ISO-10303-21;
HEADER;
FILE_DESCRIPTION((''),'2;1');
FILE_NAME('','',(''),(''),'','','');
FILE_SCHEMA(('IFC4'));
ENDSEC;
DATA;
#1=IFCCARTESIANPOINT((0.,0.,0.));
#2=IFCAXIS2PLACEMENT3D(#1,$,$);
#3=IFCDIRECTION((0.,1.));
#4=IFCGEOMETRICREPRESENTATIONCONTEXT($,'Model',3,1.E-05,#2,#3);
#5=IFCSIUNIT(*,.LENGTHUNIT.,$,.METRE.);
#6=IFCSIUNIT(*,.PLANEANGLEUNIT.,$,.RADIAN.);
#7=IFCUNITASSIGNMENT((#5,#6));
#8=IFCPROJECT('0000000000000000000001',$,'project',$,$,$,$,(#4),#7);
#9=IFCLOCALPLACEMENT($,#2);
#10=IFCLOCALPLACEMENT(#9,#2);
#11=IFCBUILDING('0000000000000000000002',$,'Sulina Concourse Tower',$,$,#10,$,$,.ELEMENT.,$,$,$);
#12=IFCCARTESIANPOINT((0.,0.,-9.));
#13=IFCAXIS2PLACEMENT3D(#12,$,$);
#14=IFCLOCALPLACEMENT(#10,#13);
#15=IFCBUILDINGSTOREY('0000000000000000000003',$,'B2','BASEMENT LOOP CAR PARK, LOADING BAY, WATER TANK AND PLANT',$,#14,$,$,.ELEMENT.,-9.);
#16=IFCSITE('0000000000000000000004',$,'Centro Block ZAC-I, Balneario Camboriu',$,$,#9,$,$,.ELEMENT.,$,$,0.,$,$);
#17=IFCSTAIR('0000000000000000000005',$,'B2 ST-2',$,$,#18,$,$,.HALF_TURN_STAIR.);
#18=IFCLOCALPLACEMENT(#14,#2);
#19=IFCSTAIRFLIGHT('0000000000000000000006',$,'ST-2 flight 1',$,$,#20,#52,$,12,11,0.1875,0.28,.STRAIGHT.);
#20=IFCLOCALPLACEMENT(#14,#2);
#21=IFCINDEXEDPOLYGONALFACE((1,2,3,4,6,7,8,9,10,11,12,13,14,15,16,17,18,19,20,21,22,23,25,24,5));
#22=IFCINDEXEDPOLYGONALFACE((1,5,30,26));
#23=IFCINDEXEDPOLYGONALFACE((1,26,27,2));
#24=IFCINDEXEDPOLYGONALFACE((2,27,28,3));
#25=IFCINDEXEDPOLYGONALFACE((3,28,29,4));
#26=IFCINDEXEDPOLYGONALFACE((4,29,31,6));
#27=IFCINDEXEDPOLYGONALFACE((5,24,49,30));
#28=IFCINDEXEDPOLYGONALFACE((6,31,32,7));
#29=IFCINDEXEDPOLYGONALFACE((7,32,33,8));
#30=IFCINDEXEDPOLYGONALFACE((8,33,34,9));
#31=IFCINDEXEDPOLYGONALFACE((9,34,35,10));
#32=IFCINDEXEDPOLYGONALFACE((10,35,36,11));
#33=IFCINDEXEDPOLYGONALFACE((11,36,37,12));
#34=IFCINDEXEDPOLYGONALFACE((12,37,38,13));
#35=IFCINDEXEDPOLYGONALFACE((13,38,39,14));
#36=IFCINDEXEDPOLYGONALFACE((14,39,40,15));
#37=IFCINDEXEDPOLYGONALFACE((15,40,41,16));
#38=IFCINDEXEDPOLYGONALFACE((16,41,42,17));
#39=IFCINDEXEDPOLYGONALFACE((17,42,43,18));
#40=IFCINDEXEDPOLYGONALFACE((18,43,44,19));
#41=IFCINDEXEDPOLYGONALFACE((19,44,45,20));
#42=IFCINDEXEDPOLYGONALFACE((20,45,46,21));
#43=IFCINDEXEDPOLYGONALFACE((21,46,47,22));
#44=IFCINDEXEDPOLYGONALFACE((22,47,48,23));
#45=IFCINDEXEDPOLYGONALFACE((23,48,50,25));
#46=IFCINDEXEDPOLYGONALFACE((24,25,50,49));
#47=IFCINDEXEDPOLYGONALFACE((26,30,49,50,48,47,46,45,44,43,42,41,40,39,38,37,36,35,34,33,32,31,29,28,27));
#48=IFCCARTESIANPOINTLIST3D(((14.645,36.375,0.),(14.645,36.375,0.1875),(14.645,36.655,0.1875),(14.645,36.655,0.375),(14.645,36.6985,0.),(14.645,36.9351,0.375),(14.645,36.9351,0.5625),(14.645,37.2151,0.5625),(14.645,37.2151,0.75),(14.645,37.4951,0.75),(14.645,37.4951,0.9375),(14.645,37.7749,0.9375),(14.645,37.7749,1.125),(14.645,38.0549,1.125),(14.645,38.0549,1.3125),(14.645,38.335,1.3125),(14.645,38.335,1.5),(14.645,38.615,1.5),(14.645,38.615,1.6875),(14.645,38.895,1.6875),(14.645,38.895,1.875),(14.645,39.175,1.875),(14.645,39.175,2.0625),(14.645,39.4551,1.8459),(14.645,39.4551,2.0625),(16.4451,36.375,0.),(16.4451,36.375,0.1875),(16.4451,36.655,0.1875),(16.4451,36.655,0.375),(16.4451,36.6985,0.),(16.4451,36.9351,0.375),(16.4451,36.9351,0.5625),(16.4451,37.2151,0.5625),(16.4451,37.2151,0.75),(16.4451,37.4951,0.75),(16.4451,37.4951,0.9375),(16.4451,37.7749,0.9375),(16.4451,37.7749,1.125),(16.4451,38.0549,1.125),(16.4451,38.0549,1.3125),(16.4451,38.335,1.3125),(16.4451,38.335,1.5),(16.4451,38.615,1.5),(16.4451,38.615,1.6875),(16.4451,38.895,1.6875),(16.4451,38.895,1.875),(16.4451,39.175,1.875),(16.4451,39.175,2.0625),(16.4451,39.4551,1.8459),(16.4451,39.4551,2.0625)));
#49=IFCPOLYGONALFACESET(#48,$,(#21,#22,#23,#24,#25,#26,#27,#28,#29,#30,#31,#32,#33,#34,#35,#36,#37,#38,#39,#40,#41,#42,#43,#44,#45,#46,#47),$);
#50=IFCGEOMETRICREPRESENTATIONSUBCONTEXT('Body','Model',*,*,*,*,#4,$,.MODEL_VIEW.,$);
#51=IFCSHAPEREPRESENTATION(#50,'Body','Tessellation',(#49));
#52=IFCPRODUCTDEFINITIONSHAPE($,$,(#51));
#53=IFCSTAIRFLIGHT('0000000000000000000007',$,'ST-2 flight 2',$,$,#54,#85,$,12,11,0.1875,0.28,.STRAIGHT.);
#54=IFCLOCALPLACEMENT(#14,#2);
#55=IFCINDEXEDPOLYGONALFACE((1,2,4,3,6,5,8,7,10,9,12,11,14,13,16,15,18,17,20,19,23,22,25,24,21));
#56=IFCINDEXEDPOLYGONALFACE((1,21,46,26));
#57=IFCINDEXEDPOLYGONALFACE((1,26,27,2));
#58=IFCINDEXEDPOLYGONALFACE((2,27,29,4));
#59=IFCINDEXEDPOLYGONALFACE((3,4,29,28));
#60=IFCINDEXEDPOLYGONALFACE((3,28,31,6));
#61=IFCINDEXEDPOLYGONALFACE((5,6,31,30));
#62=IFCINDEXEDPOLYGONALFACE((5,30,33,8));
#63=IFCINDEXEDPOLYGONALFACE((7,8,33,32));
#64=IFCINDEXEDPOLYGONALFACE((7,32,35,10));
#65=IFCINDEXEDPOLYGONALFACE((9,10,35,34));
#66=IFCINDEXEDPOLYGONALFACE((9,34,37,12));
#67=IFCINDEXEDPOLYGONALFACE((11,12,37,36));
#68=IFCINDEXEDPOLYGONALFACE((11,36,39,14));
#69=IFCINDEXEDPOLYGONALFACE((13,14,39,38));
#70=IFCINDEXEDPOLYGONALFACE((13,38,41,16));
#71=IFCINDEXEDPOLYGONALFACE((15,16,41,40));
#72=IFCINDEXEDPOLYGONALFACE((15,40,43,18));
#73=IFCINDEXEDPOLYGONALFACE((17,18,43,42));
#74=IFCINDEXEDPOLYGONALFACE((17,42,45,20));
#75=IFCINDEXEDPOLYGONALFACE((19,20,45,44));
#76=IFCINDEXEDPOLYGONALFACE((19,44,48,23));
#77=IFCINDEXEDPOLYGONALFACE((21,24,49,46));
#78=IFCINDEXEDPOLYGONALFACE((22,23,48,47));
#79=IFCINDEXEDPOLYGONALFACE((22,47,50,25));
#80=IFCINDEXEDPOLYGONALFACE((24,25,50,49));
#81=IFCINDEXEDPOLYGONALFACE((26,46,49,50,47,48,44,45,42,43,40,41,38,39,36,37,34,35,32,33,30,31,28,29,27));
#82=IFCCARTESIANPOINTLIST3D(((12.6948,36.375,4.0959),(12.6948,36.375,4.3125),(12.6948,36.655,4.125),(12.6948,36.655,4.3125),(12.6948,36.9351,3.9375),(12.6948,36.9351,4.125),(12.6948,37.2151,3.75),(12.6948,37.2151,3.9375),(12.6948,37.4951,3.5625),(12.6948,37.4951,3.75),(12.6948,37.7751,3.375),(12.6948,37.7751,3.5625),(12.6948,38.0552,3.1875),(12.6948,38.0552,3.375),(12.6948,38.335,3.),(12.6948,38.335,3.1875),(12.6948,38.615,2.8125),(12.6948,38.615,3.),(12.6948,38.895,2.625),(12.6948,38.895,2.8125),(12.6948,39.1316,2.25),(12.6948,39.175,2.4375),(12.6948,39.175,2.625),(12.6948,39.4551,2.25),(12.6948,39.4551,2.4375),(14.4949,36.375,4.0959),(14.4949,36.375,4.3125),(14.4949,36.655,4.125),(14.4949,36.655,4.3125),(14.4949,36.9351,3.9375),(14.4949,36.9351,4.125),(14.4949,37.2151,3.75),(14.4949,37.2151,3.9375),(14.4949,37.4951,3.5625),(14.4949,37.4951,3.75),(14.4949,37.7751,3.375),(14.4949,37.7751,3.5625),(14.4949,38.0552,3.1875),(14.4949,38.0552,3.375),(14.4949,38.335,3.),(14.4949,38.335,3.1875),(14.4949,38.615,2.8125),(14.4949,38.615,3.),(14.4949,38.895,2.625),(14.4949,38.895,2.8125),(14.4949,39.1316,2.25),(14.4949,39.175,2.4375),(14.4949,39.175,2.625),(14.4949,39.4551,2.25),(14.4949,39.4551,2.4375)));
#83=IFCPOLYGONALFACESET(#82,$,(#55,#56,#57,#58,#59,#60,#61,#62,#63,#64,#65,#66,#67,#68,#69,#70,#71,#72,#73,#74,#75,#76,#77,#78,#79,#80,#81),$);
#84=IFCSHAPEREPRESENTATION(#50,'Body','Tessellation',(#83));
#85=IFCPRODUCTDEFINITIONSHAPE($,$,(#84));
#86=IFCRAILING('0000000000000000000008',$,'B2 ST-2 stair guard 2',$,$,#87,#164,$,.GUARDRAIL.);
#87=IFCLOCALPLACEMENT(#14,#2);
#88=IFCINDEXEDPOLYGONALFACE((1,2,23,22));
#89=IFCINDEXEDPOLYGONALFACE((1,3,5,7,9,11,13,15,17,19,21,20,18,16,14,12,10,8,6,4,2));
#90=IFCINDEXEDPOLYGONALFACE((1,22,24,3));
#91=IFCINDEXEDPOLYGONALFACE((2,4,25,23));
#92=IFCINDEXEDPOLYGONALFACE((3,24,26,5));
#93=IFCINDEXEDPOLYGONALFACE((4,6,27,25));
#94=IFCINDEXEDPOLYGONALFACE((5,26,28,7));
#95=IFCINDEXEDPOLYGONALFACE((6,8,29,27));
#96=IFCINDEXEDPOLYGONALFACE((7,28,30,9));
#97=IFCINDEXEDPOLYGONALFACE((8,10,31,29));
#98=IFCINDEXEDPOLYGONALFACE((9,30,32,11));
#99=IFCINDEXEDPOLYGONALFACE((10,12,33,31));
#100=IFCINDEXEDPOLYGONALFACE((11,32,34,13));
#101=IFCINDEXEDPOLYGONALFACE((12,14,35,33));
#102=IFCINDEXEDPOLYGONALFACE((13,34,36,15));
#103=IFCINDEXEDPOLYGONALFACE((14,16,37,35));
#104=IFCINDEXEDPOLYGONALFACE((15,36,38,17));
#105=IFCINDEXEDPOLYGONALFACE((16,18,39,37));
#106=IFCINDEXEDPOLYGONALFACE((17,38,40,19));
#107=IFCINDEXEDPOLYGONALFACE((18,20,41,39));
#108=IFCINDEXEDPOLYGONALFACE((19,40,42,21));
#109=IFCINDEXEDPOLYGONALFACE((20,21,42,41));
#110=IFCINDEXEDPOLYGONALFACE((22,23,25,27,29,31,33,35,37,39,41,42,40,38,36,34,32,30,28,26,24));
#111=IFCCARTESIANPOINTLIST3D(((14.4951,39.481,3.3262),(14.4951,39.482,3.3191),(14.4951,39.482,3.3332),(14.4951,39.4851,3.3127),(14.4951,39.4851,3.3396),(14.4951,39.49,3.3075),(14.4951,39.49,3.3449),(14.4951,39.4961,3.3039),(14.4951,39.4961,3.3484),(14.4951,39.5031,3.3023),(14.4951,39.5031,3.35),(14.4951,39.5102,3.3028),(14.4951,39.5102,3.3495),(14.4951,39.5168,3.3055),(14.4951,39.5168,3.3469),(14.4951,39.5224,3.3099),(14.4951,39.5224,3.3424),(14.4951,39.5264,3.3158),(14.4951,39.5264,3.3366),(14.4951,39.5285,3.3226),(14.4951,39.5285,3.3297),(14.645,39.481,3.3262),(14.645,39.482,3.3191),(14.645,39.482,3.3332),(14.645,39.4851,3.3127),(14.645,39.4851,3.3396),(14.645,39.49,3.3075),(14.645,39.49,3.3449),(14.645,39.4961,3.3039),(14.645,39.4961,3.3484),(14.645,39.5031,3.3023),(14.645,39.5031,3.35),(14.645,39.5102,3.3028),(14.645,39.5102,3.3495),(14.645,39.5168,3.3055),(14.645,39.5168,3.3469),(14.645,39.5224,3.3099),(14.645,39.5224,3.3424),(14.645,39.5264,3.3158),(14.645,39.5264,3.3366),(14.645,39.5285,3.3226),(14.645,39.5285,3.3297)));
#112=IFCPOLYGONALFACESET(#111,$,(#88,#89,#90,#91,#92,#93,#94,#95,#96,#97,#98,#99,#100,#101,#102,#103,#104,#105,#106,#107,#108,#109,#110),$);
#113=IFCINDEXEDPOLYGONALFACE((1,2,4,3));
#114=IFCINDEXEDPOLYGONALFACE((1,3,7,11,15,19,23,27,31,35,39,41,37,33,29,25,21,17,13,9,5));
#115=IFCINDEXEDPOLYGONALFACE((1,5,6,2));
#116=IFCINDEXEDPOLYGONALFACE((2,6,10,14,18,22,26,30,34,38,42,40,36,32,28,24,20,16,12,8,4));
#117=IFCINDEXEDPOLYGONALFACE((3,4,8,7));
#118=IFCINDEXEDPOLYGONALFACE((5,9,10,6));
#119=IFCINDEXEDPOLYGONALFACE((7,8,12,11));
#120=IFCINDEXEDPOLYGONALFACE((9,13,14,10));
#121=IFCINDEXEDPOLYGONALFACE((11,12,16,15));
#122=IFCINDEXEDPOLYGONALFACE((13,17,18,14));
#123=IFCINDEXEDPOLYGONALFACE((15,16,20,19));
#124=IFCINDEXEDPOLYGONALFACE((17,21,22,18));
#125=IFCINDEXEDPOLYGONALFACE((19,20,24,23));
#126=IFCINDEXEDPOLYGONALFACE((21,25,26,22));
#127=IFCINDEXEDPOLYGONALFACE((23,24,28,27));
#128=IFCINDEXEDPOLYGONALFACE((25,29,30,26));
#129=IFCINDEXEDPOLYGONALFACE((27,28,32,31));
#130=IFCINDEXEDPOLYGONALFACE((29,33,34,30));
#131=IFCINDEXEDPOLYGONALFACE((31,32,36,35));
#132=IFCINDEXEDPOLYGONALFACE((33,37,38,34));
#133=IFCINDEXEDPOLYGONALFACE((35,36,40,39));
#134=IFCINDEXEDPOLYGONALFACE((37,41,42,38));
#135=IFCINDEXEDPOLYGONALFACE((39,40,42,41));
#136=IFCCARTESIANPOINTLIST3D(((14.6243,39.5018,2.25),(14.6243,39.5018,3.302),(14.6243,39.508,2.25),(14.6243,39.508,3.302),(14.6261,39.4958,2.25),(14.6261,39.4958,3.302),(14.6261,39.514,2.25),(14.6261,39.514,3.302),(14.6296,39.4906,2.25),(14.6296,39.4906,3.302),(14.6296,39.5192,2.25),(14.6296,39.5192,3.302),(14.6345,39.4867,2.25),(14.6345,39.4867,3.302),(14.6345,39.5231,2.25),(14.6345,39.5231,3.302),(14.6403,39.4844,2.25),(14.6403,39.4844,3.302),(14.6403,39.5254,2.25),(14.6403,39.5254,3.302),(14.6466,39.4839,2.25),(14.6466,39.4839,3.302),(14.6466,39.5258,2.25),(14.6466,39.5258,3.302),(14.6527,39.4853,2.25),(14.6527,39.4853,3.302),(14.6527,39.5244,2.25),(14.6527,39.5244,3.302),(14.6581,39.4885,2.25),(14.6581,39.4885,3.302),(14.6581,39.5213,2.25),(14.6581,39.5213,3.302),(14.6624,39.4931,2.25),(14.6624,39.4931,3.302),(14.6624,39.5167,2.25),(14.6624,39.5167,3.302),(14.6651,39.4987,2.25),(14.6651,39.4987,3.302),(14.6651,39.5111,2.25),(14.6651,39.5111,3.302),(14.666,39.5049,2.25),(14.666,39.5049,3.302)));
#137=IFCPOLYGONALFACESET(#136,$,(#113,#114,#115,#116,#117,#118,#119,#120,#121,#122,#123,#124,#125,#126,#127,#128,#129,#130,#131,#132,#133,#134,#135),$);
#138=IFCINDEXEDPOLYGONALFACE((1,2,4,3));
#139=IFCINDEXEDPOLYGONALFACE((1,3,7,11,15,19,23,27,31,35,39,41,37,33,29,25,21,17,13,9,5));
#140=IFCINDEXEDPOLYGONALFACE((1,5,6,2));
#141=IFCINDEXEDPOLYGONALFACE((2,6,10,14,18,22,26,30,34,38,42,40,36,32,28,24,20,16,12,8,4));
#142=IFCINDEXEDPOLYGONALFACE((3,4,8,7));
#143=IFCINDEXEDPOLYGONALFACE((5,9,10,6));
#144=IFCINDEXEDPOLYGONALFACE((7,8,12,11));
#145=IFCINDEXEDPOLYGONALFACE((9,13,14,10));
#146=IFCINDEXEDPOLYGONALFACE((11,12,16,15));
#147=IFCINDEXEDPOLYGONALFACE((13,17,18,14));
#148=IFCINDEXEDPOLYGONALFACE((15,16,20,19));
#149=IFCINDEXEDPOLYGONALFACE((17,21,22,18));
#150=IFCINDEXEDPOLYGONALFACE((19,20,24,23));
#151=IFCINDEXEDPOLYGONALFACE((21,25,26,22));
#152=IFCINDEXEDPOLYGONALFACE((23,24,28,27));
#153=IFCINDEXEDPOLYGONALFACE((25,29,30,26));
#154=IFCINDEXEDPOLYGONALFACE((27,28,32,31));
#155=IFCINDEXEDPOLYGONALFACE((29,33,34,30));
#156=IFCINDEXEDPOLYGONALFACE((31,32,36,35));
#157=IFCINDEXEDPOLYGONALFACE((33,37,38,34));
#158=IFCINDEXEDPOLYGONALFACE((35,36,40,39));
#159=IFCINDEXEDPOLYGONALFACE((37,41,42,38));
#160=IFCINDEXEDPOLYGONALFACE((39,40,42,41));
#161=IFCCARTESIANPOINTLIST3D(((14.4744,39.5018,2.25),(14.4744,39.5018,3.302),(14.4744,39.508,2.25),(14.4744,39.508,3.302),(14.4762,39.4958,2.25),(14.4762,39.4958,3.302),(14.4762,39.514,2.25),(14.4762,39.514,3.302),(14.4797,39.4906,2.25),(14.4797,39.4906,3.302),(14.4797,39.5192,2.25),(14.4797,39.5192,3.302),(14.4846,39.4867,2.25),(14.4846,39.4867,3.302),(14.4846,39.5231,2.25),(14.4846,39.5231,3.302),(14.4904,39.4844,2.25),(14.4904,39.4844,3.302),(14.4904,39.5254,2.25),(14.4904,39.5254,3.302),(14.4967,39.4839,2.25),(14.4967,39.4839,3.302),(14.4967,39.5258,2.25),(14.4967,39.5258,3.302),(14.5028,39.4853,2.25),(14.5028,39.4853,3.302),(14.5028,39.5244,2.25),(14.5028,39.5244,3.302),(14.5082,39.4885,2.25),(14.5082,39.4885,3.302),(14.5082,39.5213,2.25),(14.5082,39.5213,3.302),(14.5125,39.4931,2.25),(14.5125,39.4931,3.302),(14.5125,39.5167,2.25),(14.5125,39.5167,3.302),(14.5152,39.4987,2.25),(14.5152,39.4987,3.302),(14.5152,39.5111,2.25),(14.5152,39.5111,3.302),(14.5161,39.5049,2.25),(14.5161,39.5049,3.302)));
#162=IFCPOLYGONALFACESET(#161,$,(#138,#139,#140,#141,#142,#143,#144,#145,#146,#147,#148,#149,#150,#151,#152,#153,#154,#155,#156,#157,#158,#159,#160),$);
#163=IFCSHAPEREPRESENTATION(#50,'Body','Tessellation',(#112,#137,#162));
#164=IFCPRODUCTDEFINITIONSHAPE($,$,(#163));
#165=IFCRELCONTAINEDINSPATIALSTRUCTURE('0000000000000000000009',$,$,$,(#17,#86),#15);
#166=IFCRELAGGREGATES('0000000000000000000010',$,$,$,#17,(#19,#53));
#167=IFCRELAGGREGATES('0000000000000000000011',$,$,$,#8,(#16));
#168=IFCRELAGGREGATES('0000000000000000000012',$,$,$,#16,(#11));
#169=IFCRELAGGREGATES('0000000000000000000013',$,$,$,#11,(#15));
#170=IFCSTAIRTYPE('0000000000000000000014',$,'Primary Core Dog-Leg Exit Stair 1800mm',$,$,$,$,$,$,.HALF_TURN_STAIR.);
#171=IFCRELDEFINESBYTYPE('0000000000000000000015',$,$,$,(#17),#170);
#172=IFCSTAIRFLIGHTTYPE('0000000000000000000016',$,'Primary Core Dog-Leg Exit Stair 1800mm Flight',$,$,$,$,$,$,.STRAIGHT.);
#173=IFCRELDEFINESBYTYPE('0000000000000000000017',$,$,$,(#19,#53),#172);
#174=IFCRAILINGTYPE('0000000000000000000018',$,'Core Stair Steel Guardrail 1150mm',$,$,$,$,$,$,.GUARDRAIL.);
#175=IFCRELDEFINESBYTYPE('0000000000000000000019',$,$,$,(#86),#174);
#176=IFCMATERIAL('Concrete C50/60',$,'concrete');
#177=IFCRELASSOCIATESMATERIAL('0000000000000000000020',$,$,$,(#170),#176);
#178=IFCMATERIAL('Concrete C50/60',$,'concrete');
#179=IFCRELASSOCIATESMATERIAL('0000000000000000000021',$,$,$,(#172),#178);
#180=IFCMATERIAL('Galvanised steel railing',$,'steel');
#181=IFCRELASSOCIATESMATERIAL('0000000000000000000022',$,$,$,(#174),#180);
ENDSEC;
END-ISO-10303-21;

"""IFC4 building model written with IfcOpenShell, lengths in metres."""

from ifc_helpers import new_model, si_unit, direction, frame, origin, origin_2d, place, context, subcontext, project, spatial, polyline, circle, outline, extrude, material, type_object, element, aggregate, save


model = new_model("IFC4")

# Units and contexts
model_context = context("Model", 3, precision=1e-05, world=origin(), true_north=direction((0.0, 1.0)))
body_context = subcontext(model_context, "Body", "Model", "MODEL_VIEW")
ifc_project = project(units=[si_unit("LENGTHUNIT", "METRE"), si_unit("PLANEANGLEUNIT", "RADIAN")], contexts=[model_context])

# Site, building, storey
site_placement = place(None, origin())
site = spatial("IfcSite", under=ifc_project, at=site_placement, Name="Centro Block ZAC-I, Balneario Camboriu", CompositionType="ELEMENT", RefElevation=0.0)
building_placement = place(site_placement, origin())
building = spatial("IfcBuilding", under=site, at=building_placement, Name="Sulina Concourse Tower", CompositionType="ELEMENT")
storey_placement = place(building_placement, frame((0.0, 0.0, -9.0)))
storey = spatial("IfcBuildingStorey", under=building, at=storey_placement, Name="B2", Description="BASEMENT LOOP CAR PARK, LOADING BAY, WATER TANK AND PLANT", CompositionType="ELEMENT", Elevation=-9.0)

# Stair, stair flights
ifc_material_1 = material(Name="Concrete C50/60", Category="concrete")
stair_type = type_object("IfcStairType", Name="Primary Core Dog-Leg Exit Stair 1800mm", PredefinedType="HALF_TURN_STAIR", material=ifc_material_1)
stair_placement = place(storey_placement, origin())
stair = element("IfcStair", 1, at=stair_placement, inside=storey, type_object=stair_type, Name="B2 ST-2", PredefinedType="HALF_TURN_STAIR")
ifc_material_2 = material(Name="Concrete C50/60", Category="concrete")
stair_flight_type = type_object("IfcStairFlightType", Name="Primary Core Dog-Leg Exit Stair 1800mm Flight", PredefinedType="STRAIGHT", material=ifc_material_2)
stair_flight_1_placement = place(storey_placement, frame((15.5449, 36.375, 0.0), z_axis=(0.0, 0.0, 1.0), x_axis=(0.0, 1.0, 0.0)))
stair_flight_1 = element("IfcStairFlight", 2, at=stair_flight_1_placement, type_object=stair_flight_type, Name="ST-2 flight 1", NumberOfRisers=12, NumberOfTreads=11, PredefinedType="STRAIGHT", RiserHeight=0.1875, TreadLength=0.28, context=body_context, shape_type="SweptSolid", body=[
    extrude(outline(polyline([(0.0, 0.0), (0.0, 0.1875), (0.28, 0.1875), (0.28, 0.375), (0.5601, 0.375), (0.5601, 0.5625), (0.8401, 0.5625), (0.8401, 0.75), (1.1201, 0.75), (1.1201, 0.9375), (1.3999, 0.9375), (1.3999, 1.125), (1.6799, 1.125), (1.6799, 1.3125), (1.96, 1.3125), (1.96, 1.5), (2.24, 1.5), (2.24, 1.6875), (2.52, 1.6875), (2.52, 1.875), (2.8, 1.875), (2.8, 2.0625), (3.0801, 2.0625), (3.0801, 2.25), (3.0801, 1.8459), (0.3235, 0.0), (0.0, 0.0)])), frame((0.0, 0.8999, 0.0), z_axis=(0.0, -1.0, 0.0), x_axis=(1.0, 0.0, 0.0)), (0.0, 0.0, 1.0), 1.8),
])
stair_flight_2_placement = place(storey_placement, frame((13.595, 39.4551, 2.25), z_axis=(0.0, 0.0, 1.0), x_axis=(0.0, -1.0, 0.0)))
stair_flight_2 = element("IfcStairFlight", 3, at=stair_flight_2_placement, type_object=stair_flight_type, Name="ST-2 flight 2", NumberOfRisers=12, NumberOfTreads=11, PredefinedType="STRAIGHT", RiserHeight=0.1875, TreadLength=0.28, context=body_context, shape_type="SweptSolid", body=[
    extrude(outline(polyline([(0.0, 0.0), (0.0, 0.1875), (0.28, 0.1875), (0.28, 0.375), (0.5601, 0.375), (0.5601, 0.5625), (0.8401, 0.5625), (0.8401, 0.75), (1.1201, 0.75), (1.1201, 0.9375), (1.3999, 0.9375), (1.3999, 1.125), (1.6799, 1.125), (1.6799, 1.3125), (1.96, 1.3125), (1.96, 1.5), (2.24, 1.5), (2.24, 1.6875), (2.52, 1.6875), (2.52, 1.875), (2.8, 1.875), (2.8, 2.0625), (3.0801, 2.0625), (3.0801, 2.25), (3.0801, 1.8459), (0.3235, 0.0), (0.0, 0.0)])), frame((0.0, 0.8999, 0.0), z_axis=(0.0, -1.0, 0.0), x_axis=(1.0, 0.0, 0.0)), (0.0, 0.0, 1.0), 1.8),
])
aggregate(stair, [stair_flight_1, stair_flight_2])

# Railing
ifc_material_3 = material(Name="Galvanised steel railing", Category="steel")
railing_type_1 = type_object("IfcRailingType", Name="Core Stair Steel Guardrail 1150mm", PredefinedType="GUARDRAIL", material=ifc_material_3)
railing_1_placement = place(storey_placement, frame((14.645, 39.5049, 2.25)))
element("IfcRailing", 4, at=railing_1_placement, inside=storey, type_object=railing_type_1, Name="B2 ST-2 stair guard 2", PredefinedType="GUARDRAIL", context=body_context, shape_type="SweptSolid", body=[
    extrude(circle(Radius=0.0239, at=origin_2d()), frame((0.0, 0.0, 1.0762), z_axis=(-1.0, 0.0, 0.0), x_axis=(0.0, -1.0, 0.0)), (0.0, 0.0, 1.0), 0.1499),
    extrude(circle(Radius=0.021, at=origin_2d()), origin(), (0.0, 0.0, 1.0), 1.052),
    extrude(circle(Radius=0.021, at=origin_2d()), frame((-0.1499, 0.0, 0.0)), (0.0, 0.0, 1.0), 1.052),
])

save(model, "model.ifc")
